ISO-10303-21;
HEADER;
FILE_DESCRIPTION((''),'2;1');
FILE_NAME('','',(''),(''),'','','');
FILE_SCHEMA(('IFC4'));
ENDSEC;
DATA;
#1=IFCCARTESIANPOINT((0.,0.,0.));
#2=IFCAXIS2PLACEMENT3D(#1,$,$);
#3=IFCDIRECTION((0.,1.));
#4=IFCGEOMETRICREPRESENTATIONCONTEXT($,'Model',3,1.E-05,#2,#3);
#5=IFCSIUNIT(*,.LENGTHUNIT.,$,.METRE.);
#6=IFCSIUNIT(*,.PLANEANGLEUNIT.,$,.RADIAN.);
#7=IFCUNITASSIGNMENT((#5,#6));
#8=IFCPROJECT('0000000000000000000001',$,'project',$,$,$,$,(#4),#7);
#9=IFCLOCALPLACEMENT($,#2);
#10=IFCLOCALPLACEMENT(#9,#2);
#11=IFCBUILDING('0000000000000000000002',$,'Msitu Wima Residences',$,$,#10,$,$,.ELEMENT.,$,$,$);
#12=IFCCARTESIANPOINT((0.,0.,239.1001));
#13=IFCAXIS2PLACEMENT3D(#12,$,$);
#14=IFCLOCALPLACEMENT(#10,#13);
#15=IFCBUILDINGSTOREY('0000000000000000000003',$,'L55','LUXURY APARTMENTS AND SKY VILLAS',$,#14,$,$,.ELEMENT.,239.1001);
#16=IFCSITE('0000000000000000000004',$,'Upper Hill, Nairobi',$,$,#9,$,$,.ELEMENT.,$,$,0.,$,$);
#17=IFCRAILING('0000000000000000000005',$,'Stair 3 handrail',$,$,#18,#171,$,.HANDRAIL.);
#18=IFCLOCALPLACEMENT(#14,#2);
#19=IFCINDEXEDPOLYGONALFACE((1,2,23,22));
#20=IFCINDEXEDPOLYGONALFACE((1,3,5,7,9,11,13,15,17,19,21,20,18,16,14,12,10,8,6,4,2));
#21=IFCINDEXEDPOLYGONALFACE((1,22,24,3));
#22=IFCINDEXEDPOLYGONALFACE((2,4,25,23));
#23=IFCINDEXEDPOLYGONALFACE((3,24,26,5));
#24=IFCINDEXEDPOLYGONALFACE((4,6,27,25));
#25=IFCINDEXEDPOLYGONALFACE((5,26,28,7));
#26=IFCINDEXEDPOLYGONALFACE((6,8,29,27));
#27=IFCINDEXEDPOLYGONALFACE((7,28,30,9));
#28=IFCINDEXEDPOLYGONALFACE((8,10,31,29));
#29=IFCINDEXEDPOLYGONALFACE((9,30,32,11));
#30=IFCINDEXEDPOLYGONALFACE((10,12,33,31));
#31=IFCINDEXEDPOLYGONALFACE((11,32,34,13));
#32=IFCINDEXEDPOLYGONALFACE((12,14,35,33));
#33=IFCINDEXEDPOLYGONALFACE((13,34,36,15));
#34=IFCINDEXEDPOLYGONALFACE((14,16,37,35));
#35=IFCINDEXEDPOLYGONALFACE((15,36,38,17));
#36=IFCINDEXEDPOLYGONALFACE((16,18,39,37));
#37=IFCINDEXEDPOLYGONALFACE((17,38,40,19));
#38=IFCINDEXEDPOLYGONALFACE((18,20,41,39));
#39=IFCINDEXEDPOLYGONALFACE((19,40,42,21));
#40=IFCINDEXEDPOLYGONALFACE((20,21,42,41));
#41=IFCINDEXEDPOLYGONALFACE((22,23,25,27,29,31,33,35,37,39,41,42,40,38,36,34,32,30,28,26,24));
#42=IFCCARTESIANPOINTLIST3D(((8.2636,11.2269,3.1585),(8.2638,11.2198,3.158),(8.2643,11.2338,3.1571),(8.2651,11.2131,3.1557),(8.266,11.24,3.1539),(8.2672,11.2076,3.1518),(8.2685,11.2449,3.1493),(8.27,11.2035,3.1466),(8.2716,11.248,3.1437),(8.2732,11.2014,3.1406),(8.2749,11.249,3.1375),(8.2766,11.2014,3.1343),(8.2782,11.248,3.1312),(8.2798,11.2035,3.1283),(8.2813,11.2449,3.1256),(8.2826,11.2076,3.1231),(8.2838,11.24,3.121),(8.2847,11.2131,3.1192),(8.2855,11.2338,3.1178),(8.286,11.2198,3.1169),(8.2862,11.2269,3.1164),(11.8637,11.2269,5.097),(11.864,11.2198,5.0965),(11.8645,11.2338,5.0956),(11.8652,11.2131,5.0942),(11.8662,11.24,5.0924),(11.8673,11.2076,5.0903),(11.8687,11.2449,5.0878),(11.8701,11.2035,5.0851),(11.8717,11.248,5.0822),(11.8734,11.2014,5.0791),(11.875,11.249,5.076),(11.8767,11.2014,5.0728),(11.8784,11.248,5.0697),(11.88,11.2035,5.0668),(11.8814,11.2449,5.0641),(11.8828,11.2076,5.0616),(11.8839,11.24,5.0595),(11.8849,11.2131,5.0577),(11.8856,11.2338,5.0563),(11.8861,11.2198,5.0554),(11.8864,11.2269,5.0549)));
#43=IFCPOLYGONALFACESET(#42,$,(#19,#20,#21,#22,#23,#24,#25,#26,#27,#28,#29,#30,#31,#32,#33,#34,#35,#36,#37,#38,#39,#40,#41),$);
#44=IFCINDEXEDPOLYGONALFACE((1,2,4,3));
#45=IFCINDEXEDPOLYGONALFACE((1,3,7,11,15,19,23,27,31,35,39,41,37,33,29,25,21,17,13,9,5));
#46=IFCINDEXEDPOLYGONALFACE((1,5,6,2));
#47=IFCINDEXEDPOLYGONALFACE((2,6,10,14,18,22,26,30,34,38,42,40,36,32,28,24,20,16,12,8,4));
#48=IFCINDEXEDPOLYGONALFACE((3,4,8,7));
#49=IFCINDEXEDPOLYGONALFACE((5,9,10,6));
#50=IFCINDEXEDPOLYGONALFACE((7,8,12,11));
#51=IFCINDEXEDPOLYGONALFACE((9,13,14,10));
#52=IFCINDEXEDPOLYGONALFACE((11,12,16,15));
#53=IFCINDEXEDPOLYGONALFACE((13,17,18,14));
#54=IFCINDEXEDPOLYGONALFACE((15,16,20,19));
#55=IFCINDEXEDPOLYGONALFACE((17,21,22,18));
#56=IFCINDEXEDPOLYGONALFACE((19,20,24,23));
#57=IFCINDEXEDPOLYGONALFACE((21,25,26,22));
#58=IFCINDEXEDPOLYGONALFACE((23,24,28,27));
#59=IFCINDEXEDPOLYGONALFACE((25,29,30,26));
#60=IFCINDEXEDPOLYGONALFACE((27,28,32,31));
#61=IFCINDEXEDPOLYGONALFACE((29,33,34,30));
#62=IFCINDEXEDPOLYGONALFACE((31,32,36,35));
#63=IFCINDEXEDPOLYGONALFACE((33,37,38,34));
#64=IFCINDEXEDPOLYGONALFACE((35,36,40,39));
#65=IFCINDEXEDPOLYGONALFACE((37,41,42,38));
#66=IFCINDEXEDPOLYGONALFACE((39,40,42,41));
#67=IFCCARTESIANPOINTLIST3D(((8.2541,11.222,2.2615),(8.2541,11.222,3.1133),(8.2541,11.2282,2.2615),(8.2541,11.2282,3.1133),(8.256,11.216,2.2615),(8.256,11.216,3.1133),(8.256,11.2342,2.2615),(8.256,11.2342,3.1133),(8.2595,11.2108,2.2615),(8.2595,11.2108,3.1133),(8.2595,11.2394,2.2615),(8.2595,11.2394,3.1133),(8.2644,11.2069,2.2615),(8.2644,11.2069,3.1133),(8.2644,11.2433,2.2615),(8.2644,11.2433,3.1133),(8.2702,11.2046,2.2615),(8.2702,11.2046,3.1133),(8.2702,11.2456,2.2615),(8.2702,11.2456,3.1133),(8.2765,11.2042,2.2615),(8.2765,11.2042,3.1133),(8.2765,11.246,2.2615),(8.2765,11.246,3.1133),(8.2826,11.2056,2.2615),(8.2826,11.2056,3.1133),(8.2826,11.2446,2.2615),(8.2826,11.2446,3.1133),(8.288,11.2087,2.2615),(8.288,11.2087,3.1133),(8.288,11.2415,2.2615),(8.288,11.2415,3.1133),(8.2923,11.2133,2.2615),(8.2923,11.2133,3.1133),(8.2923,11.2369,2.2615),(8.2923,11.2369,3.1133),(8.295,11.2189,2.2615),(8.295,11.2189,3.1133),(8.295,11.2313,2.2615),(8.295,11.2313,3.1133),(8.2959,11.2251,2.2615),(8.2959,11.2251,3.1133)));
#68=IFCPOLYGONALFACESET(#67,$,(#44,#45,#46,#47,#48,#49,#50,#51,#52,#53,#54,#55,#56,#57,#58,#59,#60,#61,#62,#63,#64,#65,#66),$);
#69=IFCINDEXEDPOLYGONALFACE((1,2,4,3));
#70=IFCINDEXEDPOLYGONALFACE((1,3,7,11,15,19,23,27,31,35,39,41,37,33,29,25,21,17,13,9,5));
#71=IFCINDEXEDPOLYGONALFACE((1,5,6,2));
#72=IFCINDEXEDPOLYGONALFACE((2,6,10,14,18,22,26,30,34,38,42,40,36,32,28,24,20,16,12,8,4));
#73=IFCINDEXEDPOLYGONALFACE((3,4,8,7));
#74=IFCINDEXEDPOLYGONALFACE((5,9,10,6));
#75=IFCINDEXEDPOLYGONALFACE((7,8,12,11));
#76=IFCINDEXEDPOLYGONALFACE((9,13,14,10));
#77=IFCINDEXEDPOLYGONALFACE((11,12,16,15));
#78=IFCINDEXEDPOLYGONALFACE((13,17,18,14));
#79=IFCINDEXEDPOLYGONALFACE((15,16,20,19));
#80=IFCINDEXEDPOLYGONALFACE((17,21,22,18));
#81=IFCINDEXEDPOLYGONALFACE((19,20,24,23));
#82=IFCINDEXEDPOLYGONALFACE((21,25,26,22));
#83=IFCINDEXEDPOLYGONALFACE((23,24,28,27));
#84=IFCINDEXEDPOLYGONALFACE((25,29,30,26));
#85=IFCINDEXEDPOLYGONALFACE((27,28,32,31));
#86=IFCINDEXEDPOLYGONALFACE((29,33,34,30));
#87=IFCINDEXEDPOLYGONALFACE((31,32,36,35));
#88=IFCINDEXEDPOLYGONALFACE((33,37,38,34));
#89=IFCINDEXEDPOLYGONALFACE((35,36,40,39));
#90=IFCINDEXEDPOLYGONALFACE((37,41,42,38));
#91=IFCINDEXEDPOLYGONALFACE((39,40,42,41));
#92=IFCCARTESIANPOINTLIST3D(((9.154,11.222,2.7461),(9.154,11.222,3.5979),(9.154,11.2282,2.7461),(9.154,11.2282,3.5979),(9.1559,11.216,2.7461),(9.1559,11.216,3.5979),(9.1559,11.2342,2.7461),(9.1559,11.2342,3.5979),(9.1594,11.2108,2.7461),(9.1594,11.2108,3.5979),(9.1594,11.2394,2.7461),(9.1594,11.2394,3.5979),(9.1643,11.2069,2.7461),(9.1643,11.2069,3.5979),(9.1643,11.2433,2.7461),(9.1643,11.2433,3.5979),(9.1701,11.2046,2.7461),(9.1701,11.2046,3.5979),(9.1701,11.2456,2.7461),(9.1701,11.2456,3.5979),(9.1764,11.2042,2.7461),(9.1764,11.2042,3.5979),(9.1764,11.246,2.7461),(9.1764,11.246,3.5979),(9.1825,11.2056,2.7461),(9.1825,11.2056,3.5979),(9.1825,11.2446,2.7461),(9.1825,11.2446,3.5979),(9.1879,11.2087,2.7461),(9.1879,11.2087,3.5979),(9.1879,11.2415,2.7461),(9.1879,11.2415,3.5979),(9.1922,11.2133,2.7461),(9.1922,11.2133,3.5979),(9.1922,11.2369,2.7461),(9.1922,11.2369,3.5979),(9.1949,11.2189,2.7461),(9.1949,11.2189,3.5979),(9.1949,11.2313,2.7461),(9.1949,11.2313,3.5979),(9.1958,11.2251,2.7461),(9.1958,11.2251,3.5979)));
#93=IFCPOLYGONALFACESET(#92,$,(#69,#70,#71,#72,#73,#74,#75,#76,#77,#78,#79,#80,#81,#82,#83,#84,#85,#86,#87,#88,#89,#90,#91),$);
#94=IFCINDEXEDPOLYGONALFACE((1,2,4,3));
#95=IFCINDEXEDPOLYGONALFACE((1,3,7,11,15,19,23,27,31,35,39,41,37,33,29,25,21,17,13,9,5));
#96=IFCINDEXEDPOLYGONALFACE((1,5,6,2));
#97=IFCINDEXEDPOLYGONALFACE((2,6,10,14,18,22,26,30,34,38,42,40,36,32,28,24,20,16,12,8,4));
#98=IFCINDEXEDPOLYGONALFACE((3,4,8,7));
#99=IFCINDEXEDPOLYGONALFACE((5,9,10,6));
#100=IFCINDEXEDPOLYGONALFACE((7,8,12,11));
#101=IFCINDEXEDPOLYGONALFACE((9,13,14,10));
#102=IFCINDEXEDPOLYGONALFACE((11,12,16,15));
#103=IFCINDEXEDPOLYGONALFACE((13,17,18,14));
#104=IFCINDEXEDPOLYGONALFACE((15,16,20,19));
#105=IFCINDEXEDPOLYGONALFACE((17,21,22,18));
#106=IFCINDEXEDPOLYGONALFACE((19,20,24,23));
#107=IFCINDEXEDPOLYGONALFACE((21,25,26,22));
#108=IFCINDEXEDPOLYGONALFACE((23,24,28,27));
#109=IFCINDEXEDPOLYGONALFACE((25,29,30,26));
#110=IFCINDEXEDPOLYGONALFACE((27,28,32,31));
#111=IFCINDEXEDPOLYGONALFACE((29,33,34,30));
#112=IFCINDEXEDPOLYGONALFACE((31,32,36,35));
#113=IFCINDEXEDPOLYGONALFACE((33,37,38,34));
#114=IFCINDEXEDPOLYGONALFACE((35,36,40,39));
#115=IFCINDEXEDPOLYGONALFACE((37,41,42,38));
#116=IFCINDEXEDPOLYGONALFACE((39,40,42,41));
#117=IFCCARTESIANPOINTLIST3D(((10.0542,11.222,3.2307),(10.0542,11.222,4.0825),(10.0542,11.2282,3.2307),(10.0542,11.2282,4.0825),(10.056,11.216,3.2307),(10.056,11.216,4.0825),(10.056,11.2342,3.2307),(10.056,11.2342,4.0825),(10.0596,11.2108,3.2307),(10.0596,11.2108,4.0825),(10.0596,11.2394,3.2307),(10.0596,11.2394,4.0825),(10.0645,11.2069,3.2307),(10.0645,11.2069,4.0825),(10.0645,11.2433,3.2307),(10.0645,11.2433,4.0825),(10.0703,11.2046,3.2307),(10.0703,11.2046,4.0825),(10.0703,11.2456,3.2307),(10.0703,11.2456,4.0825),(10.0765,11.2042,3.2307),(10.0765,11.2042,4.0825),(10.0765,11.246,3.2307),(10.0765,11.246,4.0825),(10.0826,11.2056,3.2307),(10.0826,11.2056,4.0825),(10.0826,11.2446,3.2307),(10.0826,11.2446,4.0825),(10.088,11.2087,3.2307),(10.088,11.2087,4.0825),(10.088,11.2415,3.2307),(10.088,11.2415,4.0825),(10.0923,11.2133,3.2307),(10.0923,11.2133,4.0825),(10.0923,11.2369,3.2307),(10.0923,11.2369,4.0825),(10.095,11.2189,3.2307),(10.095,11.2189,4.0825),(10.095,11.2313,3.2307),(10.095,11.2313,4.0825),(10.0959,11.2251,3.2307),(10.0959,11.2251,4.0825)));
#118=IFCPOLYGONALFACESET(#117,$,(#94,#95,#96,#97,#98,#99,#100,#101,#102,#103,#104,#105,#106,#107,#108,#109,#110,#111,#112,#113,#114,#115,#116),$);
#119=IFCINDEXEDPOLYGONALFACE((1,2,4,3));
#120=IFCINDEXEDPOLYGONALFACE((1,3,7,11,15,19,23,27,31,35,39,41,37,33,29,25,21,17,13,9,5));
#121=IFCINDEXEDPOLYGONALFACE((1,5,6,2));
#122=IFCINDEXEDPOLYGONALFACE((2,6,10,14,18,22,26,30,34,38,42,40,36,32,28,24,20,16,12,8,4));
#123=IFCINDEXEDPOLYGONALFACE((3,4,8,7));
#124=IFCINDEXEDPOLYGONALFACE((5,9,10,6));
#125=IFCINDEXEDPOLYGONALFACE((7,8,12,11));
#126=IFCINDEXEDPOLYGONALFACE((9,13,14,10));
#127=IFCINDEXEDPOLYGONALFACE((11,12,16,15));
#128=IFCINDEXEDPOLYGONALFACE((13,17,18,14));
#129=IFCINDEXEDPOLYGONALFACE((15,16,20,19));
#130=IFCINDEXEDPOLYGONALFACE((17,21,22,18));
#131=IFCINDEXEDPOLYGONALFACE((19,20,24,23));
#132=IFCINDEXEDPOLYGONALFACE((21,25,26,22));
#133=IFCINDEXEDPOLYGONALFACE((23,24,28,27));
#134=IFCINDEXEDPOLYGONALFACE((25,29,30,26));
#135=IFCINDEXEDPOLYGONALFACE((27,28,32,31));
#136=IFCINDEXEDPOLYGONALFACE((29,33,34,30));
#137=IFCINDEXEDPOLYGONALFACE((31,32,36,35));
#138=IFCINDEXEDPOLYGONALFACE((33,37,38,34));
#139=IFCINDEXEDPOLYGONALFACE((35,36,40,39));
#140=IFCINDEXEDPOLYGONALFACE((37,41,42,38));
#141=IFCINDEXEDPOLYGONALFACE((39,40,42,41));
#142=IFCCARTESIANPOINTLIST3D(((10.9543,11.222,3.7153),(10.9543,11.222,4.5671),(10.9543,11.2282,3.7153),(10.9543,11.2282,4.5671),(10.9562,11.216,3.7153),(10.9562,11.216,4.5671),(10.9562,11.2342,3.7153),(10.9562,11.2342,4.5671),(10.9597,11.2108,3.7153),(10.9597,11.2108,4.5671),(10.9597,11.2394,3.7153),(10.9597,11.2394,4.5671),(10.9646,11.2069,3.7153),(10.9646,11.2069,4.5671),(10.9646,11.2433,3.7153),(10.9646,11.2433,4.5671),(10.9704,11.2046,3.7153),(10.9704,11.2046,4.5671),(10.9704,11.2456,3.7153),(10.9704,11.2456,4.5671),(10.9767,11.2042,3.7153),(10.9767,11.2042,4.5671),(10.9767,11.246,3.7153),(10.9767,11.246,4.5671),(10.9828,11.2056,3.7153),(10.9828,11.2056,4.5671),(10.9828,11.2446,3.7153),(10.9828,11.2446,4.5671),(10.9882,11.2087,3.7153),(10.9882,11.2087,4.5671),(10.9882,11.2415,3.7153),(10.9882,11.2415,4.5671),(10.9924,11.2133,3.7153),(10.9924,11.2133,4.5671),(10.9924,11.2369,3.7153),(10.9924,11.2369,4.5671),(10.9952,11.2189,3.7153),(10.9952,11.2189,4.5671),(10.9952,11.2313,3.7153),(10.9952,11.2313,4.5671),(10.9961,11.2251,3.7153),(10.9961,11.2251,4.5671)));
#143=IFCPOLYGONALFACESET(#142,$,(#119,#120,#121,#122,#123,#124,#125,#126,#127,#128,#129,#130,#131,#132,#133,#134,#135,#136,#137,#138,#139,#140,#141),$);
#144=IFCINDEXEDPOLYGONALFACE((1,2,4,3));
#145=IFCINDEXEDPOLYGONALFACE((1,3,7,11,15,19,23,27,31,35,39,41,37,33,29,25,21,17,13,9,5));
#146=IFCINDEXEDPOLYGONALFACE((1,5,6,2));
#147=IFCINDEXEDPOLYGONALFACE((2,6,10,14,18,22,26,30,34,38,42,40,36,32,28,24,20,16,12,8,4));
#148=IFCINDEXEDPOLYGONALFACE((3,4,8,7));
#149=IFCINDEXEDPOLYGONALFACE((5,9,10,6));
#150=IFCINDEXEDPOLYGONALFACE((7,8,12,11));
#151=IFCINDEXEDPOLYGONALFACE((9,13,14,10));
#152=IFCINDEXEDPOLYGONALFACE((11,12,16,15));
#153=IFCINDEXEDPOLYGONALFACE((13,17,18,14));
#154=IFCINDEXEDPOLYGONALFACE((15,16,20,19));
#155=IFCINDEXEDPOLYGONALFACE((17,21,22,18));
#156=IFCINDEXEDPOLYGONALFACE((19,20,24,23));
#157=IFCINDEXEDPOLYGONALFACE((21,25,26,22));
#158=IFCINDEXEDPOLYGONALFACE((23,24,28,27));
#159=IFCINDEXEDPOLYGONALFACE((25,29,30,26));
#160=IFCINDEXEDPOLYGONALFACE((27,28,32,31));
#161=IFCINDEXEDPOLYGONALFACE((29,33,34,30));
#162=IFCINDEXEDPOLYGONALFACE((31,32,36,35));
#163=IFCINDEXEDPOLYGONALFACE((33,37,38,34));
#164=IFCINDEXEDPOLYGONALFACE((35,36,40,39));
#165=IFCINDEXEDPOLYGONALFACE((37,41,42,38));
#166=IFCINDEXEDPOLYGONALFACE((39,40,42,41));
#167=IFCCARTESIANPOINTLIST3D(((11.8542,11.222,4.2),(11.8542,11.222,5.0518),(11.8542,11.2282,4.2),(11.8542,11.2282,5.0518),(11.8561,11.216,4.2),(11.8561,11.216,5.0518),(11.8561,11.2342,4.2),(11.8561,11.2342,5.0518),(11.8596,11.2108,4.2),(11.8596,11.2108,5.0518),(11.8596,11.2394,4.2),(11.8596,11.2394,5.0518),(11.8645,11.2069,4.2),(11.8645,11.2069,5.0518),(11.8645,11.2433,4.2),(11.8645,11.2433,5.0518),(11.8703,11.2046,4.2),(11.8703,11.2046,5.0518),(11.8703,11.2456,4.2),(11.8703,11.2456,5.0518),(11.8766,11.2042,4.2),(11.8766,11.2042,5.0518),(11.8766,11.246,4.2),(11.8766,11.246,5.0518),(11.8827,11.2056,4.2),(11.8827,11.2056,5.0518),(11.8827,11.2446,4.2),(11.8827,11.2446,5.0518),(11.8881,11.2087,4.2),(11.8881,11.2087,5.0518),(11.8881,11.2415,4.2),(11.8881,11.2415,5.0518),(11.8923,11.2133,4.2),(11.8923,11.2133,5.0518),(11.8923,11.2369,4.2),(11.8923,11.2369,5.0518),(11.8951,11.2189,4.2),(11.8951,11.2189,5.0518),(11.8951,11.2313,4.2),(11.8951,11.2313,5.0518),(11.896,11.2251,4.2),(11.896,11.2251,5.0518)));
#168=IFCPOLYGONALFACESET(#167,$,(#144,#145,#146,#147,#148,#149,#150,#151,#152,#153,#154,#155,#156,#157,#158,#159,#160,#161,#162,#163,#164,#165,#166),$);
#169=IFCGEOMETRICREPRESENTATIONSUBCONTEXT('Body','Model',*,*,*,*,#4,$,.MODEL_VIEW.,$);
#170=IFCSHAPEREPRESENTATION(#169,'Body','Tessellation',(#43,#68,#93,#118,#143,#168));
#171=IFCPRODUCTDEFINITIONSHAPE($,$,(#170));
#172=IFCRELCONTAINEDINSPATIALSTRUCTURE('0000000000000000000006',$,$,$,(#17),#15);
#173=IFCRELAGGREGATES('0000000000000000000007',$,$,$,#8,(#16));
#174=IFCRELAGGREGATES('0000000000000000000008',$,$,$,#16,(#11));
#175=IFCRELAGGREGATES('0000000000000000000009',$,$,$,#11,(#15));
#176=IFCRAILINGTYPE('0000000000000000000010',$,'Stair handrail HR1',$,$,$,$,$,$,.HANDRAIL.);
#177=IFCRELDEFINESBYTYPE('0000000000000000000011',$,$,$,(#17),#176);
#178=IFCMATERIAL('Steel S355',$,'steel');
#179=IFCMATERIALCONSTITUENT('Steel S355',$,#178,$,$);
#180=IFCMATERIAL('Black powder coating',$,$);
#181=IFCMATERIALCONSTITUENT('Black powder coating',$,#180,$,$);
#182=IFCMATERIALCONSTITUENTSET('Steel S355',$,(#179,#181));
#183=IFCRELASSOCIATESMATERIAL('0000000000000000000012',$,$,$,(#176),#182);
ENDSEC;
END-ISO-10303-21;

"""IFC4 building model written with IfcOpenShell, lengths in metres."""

from ifc_helpers import new_model, si_unit, direction, frame, origin, origin_2d, place, context, subcontext, project, spatial, circle, extrude, material, constituent, constituent_set, type_object, element, save


model = new_model("IFC4")

# Units and contexts
model_context = context("Model", 3, precision=1e-05, world=origin(), true_north=direction((0.0, 1.0)))
body_context = subcontext(model_context, "Body", "Model", "MODEL_VIEW")
ifc_project = project(units=[si_unit("LENGTHUNIT", "METRE"), si_unit("PLANEANGLEUNIT", "RADIAN")], contexts=[model_context])

# Site, building, storey
site_placement = place(None, origin())
site = spatial("IfcSite", under=ifc_project, at=site_placement, Name="Upper Hill, Nairobi", CompositionType="ELEMENT", RefElevation=0.0)
building_placement = place(site_placement, origin())
building = spatial("IfcBuilding", under=site, at=building_placement, Name="Msitu Wima Residences", CompositionType="ELEMENT")
storey_placement = place(building_placement, frame((0.0, 0.0, 239.1001)))
storey = spatial("IfcBuildingStorey", under=building, at=storey_placement, Name="L55", Description="LUXURY APARTMENTS AND SKY VILLAS", CompositionType="ELEMENT", Elevation=239.1001)

# Railing
ifc_material_1 = material(Name="Steel S355", Category="steel")
ifc_constituent_1 = constituent(ifc_material_1, Name="Steel S355")
ifc_material_2 = material(Name="Black powder coating")
ifc_constituent_2 = constituent(ifc_material_2, Name="Black powder coating")
ifc_constituent_set = constituent_set(constituents=[ifc_constituent_1, ifc_constituent_2], Name="Steel S355")
railing_type = type_object("IfcRailingType", Name="Stair handrail HR1", PredefinedType="HANDRAIL", material=ifc_constituent_set)
railing_placement = place(storey_placement, frame((8.2749, 11.2251, 2.2615)))
element("IfcRailing", 1, at=railing_placement, inside=storey, type_object=railing_type, Name="Stair 3 handrail", PredefinedType="HANDRAIL", context=body_context, shape_type="SweptSolid", body=[
    extrude(circle(Radius=0.0239, at=origin_2d()), frame((0.0, 0.0, 0.876), z_axis=(0.880475, 0.0, 0.474093), x_axis=(0.0, 1.0, 0.0)), (0.0, 0.0, 1.0), 4.0889),
    extrude(circle(Radius=0.021, at=origin_2d()), origin(), (0.0, 0.0, 1.0), 0.8518),
    extrude(circle(Radius=0.021, at=origin_2d()), frame((0.8999, 0.0, 0.4846)), (0.0, 0.0, 1.0), 0.8518),
    extrude(circle(Radius=0.021, at=origin_2d()), frame((1.8, 0.0, 0.9692)), (0.0, 0.0, 1.0), 0.8518),
    extrude(circle(Radius=0.021, at=origin_2d()), frame((2.7002, 0.0, 1.4539)), (0.0, 0.0, 1.0), 0.8518),
    extrude(circle(Radius=0.021, at=origin_2d()), frame((3.6001, 0.0, 1.9385)), (0.0, 0.0, 1.0), 0.8518),
])

save(model, "model.ifc")
